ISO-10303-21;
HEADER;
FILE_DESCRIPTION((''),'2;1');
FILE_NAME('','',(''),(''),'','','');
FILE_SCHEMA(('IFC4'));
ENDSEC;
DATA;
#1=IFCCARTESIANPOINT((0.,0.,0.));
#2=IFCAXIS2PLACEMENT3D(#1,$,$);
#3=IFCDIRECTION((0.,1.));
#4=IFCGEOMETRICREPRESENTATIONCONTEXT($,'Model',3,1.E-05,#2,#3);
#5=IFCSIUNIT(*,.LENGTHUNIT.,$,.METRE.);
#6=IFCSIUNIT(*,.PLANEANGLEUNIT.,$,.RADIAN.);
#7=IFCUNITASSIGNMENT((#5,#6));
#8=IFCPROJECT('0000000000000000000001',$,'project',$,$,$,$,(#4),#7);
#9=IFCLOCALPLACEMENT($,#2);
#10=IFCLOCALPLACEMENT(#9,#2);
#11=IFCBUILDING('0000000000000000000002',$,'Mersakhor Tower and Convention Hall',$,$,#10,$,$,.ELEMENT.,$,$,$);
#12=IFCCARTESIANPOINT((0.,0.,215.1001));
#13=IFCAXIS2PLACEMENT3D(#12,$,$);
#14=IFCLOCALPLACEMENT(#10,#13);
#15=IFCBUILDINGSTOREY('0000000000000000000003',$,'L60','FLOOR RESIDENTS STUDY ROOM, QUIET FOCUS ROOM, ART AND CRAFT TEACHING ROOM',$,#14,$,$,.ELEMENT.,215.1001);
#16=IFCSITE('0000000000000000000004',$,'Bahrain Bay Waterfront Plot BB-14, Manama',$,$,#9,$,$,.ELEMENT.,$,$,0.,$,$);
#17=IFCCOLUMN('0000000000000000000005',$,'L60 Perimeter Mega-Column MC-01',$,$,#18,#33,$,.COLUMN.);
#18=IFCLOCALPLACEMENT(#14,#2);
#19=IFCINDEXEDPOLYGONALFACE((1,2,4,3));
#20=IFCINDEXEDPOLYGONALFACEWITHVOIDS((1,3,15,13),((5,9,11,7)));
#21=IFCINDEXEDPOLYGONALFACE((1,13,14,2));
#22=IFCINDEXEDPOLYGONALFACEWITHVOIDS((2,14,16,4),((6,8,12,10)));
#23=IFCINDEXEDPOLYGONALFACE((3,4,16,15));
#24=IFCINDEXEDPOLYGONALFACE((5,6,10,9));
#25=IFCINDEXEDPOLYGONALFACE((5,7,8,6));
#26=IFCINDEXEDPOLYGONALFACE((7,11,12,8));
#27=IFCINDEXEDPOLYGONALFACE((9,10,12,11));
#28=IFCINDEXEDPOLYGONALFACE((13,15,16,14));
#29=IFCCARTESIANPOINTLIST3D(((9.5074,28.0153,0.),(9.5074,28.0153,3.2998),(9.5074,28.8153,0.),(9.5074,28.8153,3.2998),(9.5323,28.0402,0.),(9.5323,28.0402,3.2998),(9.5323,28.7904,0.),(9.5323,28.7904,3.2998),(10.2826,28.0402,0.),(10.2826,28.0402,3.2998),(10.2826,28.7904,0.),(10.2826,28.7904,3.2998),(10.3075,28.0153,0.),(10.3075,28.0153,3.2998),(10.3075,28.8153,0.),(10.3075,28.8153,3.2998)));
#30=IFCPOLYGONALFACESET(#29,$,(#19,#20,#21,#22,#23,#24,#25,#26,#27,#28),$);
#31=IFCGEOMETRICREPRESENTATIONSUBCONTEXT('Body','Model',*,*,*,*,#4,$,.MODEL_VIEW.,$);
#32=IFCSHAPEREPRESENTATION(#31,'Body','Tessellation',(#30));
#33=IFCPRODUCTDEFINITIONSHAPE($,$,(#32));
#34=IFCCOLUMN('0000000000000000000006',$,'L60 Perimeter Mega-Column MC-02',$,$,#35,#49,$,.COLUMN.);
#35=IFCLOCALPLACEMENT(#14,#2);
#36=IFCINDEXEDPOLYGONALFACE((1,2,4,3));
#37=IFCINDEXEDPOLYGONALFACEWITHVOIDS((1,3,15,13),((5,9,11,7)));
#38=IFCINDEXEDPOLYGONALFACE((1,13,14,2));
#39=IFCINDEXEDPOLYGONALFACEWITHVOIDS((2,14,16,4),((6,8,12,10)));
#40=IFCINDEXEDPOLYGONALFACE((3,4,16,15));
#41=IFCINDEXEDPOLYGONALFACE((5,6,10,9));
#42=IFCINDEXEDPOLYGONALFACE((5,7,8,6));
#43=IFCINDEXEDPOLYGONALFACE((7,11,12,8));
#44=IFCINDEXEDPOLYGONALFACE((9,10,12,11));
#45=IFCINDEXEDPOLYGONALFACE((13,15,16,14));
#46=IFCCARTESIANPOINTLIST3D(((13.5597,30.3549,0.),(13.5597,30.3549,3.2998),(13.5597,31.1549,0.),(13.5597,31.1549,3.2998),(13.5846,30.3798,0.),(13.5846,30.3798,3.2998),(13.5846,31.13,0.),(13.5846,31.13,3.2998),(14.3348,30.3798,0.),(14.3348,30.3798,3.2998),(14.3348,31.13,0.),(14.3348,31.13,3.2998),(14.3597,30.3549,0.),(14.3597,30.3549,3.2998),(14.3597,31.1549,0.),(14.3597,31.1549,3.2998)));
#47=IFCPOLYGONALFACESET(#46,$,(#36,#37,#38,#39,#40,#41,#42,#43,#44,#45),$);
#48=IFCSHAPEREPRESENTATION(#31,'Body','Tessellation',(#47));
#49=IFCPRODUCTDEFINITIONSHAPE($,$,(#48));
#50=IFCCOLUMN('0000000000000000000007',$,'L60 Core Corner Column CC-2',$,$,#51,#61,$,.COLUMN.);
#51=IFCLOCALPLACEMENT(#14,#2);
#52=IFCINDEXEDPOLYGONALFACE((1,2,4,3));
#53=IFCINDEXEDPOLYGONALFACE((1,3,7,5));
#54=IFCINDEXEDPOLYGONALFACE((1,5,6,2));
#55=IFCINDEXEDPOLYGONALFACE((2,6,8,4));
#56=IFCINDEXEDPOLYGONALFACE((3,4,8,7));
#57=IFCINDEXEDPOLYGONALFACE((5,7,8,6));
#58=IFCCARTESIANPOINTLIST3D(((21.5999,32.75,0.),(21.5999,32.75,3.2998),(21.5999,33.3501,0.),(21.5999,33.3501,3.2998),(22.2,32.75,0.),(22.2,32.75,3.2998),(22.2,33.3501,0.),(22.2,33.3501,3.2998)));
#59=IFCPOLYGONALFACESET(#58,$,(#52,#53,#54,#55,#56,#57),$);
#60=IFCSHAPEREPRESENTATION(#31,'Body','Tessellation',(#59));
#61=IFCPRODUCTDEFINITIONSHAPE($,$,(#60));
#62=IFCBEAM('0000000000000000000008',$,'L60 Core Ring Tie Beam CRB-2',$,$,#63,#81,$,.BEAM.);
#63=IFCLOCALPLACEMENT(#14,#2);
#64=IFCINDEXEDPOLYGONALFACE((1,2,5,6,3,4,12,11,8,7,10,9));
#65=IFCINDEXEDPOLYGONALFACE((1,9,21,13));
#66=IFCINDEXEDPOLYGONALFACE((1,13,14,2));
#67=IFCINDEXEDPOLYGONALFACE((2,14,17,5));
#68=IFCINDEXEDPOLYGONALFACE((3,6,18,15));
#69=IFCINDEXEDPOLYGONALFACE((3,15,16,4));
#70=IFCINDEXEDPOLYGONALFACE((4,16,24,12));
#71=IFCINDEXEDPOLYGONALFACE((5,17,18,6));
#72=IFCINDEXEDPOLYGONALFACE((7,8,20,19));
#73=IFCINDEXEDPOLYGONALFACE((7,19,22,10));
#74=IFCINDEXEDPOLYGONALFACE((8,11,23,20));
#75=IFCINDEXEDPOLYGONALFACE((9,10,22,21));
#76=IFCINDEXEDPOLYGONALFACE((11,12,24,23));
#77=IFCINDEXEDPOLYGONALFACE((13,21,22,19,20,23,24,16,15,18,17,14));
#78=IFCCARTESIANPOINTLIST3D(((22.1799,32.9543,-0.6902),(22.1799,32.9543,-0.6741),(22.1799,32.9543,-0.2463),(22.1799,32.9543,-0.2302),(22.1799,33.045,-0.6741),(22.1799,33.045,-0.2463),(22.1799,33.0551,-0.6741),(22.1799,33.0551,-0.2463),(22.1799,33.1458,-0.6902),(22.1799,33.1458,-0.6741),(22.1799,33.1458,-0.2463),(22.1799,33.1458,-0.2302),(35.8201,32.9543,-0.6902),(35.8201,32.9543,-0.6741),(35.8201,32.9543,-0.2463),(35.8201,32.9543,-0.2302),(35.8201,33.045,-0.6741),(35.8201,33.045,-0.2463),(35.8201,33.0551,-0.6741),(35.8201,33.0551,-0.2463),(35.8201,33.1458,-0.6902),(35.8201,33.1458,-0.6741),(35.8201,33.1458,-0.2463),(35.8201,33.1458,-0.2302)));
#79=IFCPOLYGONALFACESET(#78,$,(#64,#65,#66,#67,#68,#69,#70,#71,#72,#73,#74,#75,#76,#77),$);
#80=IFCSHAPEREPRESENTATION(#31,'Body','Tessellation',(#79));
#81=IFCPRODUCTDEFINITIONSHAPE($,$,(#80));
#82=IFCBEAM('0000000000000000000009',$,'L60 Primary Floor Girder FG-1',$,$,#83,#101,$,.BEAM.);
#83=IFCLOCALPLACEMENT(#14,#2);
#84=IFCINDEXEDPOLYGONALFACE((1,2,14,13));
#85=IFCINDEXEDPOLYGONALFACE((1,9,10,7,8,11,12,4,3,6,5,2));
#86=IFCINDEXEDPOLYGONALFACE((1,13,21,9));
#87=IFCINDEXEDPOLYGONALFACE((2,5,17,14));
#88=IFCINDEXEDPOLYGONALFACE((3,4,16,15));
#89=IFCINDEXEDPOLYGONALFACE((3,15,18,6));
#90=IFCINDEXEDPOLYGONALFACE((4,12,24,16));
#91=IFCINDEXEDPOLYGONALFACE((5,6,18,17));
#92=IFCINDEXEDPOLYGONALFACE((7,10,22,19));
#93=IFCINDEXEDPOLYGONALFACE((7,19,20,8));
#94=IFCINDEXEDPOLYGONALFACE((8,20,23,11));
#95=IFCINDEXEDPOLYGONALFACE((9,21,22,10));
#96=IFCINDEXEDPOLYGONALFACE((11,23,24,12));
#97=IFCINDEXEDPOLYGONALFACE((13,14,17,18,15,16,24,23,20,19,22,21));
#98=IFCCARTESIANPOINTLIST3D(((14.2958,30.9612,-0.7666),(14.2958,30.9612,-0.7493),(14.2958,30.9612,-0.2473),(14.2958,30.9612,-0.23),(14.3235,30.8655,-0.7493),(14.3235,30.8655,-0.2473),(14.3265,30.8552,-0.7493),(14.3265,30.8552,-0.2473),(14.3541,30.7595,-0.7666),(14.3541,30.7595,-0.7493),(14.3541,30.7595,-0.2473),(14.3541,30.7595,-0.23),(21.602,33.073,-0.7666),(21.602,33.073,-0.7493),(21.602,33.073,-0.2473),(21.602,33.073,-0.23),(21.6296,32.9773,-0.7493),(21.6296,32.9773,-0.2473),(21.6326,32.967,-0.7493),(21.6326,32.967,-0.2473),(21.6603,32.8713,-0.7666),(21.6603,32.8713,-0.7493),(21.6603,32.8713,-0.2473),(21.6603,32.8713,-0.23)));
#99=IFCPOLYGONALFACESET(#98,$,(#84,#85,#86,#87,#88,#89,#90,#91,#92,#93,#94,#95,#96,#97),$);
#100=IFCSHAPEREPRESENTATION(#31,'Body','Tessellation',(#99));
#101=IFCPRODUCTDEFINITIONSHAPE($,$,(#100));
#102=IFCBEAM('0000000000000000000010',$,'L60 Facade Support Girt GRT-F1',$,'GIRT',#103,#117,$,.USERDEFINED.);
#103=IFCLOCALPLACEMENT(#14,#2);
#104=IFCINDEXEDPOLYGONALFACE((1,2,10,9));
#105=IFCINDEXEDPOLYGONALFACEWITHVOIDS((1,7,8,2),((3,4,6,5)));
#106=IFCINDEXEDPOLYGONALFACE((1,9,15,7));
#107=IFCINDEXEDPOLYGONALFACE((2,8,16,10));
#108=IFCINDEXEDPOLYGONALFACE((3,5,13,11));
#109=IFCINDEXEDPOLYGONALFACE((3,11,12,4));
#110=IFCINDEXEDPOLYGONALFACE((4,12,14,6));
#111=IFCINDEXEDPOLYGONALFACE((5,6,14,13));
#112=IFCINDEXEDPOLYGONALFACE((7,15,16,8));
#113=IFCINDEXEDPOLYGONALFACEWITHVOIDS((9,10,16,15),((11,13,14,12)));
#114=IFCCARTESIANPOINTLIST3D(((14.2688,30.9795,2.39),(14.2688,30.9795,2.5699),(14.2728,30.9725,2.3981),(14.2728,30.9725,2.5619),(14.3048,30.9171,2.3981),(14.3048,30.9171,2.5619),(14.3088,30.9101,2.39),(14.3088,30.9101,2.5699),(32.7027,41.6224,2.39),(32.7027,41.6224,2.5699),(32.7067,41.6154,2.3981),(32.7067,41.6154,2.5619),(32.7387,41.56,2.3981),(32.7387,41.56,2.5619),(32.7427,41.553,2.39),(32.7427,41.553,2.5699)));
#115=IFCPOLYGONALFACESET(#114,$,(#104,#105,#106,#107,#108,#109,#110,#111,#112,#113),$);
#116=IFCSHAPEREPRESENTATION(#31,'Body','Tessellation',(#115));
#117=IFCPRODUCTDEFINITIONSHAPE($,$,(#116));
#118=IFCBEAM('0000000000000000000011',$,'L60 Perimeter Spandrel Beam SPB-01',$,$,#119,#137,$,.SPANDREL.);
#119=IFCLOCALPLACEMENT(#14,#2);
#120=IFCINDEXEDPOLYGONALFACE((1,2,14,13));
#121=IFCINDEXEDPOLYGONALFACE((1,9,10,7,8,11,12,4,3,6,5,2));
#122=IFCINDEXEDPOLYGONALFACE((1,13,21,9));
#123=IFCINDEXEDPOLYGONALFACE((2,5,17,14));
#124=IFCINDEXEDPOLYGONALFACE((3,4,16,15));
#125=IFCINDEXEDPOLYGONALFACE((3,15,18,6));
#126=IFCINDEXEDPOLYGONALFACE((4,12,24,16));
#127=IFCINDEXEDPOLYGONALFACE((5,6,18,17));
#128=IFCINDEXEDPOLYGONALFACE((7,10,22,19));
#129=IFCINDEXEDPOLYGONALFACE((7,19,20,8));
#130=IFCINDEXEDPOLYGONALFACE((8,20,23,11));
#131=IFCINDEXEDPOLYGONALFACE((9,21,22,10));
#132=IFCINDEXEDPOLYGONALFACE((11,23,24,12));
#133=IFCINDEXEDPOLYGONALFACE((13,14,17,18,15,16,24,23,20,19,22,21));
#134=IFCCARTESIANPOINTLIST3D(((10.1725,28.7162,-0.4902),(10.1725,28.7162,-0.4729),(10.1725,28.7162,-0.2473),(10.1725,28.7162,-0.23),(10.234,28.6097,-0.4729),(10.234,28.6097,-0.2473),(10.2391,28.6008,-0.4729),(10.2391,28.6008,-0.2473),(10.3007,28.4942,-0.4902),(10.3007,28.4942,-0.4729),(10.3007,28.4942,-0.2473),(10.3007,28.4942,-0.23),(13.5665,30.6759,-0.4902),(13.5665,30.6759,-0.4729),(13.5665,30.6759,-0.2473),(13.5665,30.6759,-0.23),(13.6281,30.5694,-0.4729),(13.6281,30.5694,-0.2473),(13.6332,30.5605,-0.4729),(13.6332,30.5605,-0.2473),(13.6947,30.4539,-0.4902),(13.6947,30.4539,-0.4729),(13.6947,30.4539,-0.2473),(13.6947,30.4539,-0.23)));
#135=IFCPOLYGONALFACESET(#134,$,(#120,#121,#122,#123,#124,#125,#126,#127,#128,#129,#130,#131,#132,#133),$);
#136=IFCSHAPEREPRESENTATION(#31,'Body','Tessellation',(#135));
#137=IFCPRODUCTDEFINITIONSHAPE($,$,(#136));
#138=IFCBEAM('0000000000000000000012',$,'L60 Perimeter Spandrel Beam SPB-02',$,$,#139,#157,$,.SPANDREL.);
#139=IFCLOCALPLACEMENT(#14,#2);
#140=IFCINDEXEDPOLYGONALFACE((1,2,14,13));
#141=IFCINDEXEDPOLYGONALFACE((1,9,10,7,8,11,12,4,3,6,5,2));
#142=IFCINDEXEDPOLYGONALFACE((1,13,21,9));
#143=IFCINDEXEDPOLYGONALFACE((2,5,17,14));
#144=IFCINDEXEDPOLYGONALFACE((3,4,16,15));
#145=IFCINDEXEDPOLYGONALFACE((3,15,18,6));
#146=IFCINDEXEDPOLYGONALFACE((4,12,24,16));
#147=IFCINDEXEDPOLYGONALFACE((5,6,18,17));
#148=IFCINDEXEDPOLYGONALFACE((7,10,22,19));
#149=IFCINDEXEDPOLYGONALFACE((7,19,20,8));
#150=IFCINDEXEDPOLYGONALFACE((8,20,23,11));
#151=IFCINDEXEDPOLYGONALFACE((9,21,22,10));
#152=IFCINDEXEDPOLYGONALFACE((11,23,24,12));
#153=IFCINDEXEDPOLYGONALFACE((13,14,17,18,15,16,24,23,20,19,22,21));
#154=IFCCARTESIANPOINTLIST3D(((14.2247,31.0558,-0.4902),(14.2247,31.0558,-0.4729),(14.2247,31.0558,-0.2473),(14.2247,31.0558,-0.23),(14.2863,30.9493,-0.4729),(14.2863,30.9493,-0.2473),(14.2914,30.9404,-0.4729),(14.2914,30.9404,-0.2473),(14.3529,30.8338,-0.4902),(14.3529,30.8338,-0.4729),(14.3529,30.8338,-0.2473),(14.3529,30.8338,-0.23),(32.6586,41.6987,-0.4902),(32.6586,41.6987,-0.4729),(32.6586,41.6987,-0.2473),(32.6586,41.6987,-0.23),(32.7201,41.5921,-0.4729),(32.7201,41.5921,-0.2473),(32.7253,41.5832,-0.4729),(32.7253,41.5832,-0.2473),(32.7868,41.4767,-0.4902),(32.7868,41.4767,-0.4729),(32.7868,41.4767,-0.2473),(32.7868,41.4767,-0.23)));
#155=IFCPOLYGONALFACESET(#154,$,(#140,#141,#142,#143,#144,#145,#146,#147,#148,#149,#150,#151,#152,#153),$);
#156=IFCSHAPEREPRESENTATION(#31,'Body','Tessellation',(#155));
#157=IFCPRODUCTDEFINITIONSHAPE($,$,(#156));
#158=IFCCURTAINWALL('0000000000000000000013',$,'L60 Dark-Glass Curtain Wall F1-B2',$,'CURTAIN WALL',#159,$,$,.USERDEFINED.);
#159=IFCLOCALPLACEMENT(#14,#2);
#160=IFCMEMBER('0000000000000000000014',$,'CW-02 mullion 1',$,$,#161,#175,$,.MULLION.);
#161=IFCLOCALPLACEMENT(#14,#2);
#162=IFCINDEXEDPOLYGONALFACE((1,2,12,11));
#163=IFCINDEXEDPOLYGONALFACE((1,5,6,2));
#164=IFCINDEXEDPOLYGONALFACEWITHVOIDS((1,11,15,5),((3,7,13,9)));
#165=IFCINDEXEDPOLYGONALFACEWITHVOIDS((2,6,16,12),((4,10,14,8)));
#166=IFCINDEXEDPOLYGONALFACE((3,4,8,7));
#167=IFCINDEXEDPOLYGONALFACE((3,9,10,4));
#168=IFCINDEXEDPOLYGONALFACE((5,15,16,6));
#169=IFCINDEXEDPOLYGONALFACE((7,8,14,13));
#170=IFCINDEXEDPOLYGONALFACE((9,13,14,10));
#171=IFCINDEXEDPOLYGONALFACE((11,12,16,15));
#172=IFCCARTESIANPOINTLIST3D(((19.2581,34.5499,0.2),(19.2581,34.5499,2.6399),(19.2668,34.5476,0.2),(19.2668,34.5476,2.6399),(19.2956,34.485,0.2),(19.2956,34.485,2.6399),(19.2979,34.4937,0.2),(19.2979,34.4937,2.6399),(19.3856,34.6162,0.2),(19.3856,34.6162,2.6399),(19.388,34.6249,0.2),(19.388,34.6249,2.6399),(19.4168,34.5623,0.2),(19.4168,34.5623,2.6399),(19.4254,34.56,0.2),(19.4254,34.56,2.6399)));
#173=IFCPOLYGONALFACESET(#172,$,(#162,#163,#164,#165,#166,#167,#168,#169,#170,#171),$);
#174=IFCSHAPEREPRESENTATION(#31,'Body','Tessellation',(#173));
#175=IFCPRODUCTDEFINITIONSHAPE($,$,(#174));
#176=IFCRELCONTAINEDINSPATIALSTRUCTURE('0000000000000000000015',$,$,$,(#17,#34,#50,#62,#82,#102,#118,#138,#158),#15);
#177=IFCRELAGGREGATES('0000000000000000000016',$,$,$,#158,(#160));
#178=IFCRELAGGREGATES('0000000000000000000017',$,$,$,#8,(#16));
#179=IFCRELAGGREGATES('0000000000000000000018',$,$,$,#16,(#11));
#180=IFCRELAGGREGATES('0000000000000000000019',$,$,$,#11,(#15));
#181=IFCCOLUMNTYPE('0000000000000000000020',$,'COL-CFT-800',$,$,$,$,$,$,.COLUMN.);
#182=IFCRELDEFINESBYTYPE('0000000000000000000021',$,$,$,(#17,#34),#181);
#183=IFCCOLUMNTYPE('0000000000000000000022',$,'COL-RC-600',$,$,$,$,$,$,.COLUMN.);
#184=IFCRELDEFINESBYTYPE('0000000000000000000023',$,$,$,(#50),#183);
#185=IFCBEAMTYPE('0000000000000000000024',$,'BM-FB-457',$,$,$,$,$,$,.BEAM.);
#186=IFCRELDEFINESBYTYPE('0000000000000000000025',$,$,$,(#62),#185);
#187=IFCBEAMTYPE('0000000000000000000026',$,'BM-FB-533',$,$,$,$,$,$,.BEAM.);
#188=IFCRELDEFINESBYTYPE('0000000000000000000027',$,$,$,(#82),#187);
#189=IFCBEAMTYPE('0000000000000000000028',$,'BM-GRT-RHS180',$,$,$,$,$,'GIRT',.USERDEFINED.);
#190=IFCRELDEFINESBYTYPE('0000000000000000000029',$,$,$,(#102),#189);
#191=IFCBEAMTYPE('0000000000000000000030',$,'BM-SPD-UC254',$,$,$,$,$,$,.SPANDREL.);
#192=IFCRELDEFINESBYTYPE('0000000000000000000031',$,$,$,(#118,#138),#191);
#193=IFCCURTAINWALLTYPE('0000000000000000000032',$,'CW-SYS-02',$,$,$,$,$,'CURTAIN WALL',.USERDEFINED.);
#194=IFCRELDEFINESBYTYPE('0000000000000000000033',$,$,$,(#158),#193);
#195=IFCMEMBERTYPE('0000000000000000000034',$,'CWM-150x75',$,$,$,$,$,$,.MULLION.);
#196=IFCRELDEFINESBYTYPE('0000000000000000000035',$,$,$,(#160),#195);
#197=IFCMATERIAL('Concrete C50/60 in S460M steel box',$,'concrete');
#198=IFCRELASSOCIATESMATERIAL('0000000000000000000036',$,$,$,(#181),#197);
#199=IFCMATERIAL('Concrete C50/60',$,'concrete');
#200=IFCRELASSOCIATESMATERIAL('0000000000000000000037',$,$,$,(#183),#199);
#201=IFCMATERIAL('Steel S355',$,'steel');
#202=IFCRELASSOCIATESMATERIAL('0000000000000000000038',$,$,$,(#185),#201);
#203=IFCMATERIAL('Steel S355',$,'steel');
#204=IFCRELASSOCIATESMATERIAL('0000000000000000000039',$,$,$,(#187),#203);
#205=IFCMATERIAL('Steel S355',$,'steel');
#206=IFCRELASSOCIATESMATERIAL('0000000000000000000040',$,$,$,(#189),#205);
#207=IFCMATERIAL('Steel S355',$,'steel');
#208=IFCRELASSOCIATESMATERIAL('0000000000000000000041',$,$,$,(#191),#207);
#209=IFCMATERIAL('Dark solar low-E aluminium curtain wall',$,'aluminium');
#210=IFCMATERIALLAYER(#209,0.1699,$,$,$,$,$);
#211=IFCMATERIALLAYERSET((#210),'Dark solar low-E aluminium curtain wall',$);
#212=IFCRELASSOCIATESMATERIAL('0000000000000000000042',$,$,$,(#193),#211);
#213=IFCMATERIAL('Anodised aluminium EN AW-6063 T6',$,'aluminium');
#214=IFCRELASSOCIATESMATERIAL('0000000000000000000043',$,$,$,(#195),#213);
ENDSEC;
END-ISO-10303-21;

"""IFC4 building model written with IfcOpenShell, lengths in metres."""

from ifc_helpers import new_model, si_unit, direction, frame, origin, origin_2d, place, context, subcontext, project, spatial, rectangle, hollow_rectangle, i_section, extrude, material, layer, layer_set, material_profile, profile_set, type_object, element, aggregate, save


model = new_model("IFC4")

# Units and contexts
model_context = context("Model", 3, precision=1e-05, world=origin(), true_north=direction((0.0, 1.0)))
body_context = subcontext(model_context, "Body", "Model", "MODEL_VIEW")
ifc_project = project(units=[si_unit("LENGTHUNIT", "METRE"), si_unit("PLANEANGLEUNIT", "RADIAN")], contexts=[model_context])

# Site, building, storey
site_placement = place(None, origin())
site = spatial("IfcSite", under=ifc_project, at=site_placement, Name="Bahrain Bay Waterfront Plot BB-14, Manama", CompositionType="ELEMENT", RefElevation=0.0)
building_placement = place(site_placement, origin())
building = spatial("IfcBuilding", under=site, at=building_placement, Name="Mersakhor Tower and Convention Hall", CompositionType="ELEMENT")
storey_placement = place(building_placement, frame((0.0, 0.0, 215.1001)))
storey = spatial("IfcBuildingStorey", under=building, at=storey_placement, Name="L60", Description="FLOOR RESIDENTS STUDY ROOM, QUIET FOCUS ROOM, ART AND CRAFT TEACHING ROOM", CompositionType="ELEMENT", Elevation=215.1001)

# Columns
ifc_material_1 = material(Name="Concrete C50/60 in S460M steel box", Category="concrete")
ifc_material_profile_1 = material_profile(ifc_material_1, hollow_rectangle(XDim=0.8, YDim=0.8, WallThickness=0.0249, at=origin_2d()), Name="SHS 800x800x25")
ifc_profile_set_1 = profile_set([ifc_material_profile_1], Name="Concrete C50/60 in S460M steel box")
column_type_1 = type_object("IfcColumnType", Name="COL-CFT-800", PredefinedType="COLUMN", material=ifc_profile_set_1)
for number, where, z_axis, x_axis, name in (
    (1, (9.9075, 28.4153, 0.0), (0.0, 0.0, 1.0), (1.0, 0.0, 0.0), "L60 Perimeter Mega-Column MC-01"),
    (2, (13.9597, 30.7549, 0.0), (0.0, 0.0, 1.0), (1.0, 0.0, 0.0), "L60 Perimeter Mega-Column MC-02"),
):
    element("IfcColumn", number, at=place(storey_placement, frame(where, z_axis=z_axis, x_axis=x_axis)), inside=storey, type_object=column_type_1, Name=name, PredefinedType="COLUMN", context=body_context, shape_type="SweptSolid", body=[
        extrude(hollow_rectangle(XDim=0.8, YDim=0.8, WallThickness=0.0249, at=origin_2d()), origin(), (0.0, 0.0, 1.0), 3.2998),
    ])
ifc_material_2 = material(Name="Concrete C50/60", Category="concrete")
ifc_material_profile_2 = material_profile(ifc_material_2, rectangle(XDim=0.6001, YDim=0.6001, at=origin_2d()), Name="RC 600x600")
ifc_profile_set_2 = profile_set([ifc_material_profile_2], Name="Concrete C50/60")
column_type_2 = type_object("IfcColumnType", Name="COL-RC-600", PredefinedType="COLUMN", material=ifc_profile_set_2)
column_placement = place(storey_placement, frame((21.8999, 33.05, 0.0), z_axis=(0.0, 0.0, 1.0), x_axis=(1.0, 0.0, 0.0)))
element("IfcColumn", 3, at=column_placement, inside=storey, type_object=column_type_2, Name="L60 Core Corner Column CC-2", PredefinedType="COLUMN", context=body_context, shape_type="SweptSolid", body=[
    extrude(rectangle(XDim=0.6001, YDim=0.6001, at=origin_2d()), origin(), (0.0, 0.0, 1.0), 3.2998),
])

# Beams
ifc_material_3 = material(Name="Steel S355", Category="steel")
ifc_material_profile_3 = material_profile(ifc_material_3, i_section(OverallWidth=0.1914, OverallDepth=0.46, WebThickness=0.01, FlangeThickness=0.0161, at=origin_2d()), Name="UB 457x191x82")
ifc_profile_set_3 = profile_set([ifc_material_profile_3], Name="Steel S355")
beam_type_1 = type_object("IfcBeamType", Name="BM-FB-457", PredefinedType="BEAM", material=ifc_profile_set_3)
beam_1_placement = place(storey_placement, frame((22.1799, 33.05, -0.4602), z_axis=(1.0, 0.0, 0.0), x_axis=(0.0, 1.0, 0.0)))
element("IfcBeam", 4, at=beam_1_placement, inside=storey, type_object=beam_type_1, Name="L60 Core Ring Tie Beam CRB-2", PredefinedType="BEAM", context=body_context, shape_type="SweptSolid", body=[
    extrude(i_section(OverallWidth=0.1914, OverallDepth=0.46, WebThickness=0.01, FlangeThickness=0.0161, at=origin_2d()), origin(), (0.0, 0.0, 1.0), 13.6401),
])
ifc_material_4 = material(Name="Steel S355", Category="steel")
ifc_material_profile_4 = material_profile(ifc_material_4, i_section(OverallWidth=0.21, OverallDepth=0.5366, WebThickness=0.0107, FlangeThickness=0.0173, at=origin_2d()), Name="UB 533x210x101")
ifc_profile_set_4 = profile_set([ifc_material_profile_4], Name="Steel S355")
beam_type_2 = type_object("IfcBeamType", Name="BM-FB-533", PredefinedType="BEAM", material=ifc_profile_set_4)
beam_2_placement = place(storey_placement, frame((21.6311, 32.9722, -0.4983), z_axis=(-0.960674, -0.277679, 0.0), x_axis=(0.277679, -0.960674, 0.0)))
element("IfcBeam", 5, at=beam_2_placement, inside=storey, type_object=beam_type_2, Name="L60 Primary Floor Girder FG-1", PredefinedType="BEAM", context=body_context, shape_type="SweptSolid", body=[
    extrude(i_section(OverallWidth=0.21, OverallDepth=0.5366, WebThickness=0.0107, FlangeThickness=0.0173, at=origin_2d()), origin(), (0.0, 0.0, 1.0), 7.6052),
])
ifc_material_5 = material(Name="Steel S355", Category="steel")
ifc_material_profile_5 = material_profile(ifc_material_5, hollow_rectangle(XDim=0.0801, YDim=0.1799, WallThickness=0.0081, at=origin_2d()), Name="RHS 180x80x8")
ifc_profile_set_5 = profile_set([ifc_material_profile_5], Name="Steel S355")
beam_type_3 = type_object("IfcBeamType", Name="BM-GRT-RHS180", ElementType="GIRT", PredefinedType="USERDEFINED", material=ifc_profile_set_5)
beam_3_placement = place(storey_placement, frame((14.2888, 30.9448, 2.48), z_axis=(0.866025, 0.500001, 0.0), x_axis=(-0.500001, 0.866025, 0.0)))
element("IfcBeam", 6, at=beam_3_placement, inside=storey, type_object=beam_type_3, Name="L60 Facade Support Girt GRT-F1", ObjectType="GIRT", PredefinedType="USERDEFINED", context=body_context, shape_type="SweptSolid", body=[
    extrude(hollow_rectangle(XDim=0.0801, YDim=0.1799, WallThickness=0.0081, at=origin_2d()), origin(), (0.0, 0.0, 1.0), 21.2856),
])
ifc_material_6 = material(Name="Steel S355", Category="steel")
ifc_material_profile_6 = material_profile(ifc_material_6, i_section(OverallWidth=0.2563, OverallDepth=0.2603, WebThickness=0.0103, FlangeThickness=0.0173, at=origin_2d()), Name="UC 254x254x89")
ifc_profile_set_6 = profile_set([ifc_material_profile_6], Name="Steel S355")
beam_type_4 = type_object("IfcBeamType", Name="BM-SPD-UC254", PredefinedType="SPANDREL", material=ifc_profile_set_6)
beam_4_placement = place(storey_placement, frame((10.2366, 28.6052, -0.3601), z_axis=(0.866007, 0.500032, 0.0), x_axis=(-0.500032, 0.866007, 0.0)))
element("IfcBeam", 7, at=beam_4_placement, inside=storey, type_object=beam_type_4, Name="L60 Perimeter Spandrel Beam SPB-01", PredefinedType="SPANDREL", context=body_context, shape_type="SweptSolid", body=[
    extrude(i_section(OverallWidth=0.2563, OverallDepth=0.2603, WebThickness=0.0103, FlangeThickness=0.0173, at=origin_2d()), origin(), (0.0, 0.0, 1.0), 3.9192),
])
beam_5_placement = place(storey_placement, frame((14.2888, 30.9448, -0.3601), z_axis=(0.866025, 0.500001, 0.0), x_axis=(-0.500001, 0.866025, 0.0)))
element("IfcBeam", 8, at=beam_5_placement, inside=storey, type_object=beam_type_4, Name="L60 Perimeter Spandrel Beam SPB-02", PredefinedType="SPANDREL", context=body_context, shape_type="SweptSolid", body=[
    extrude(i_section(OverallWidth=0.2563, OverallDepth=0.2603, WebThickness=0.0103, FlangeThickness=0.0173, at=origin_2d()), origin(), (0.0, 0.0, 1.0), 21.2856),
])

# Curtain wall, member
ifc_material_7 = material(Name="Dark solar low-E aluminium curtain wall", Category="aluminium")
ifc_layer_1 = layer(ifc_material_7, 0.1699)
ifc_layer_set_1 = layer_set([ifc_layer_1], Name="Dark solar low-E aluminium curtain wall")
curtain_wall_type = type_object("IfcCurtainWallType", Name="CW-SYS-02", ElementType="CURTAIN WALL", PredefinedType="USERDEFINED", material=ifc_layer_set_1)
curtain_wall_placement = place(storey_placement, origin())
curtain_wall = element("IfcCurtainWall", 9, at=curtain_wall_placement, inside=storey, type_object=curtain_wall_type, Name="L60 Dark-Glass Curtain Wall F1-B2", ObjectType="CURTAIN WALL", PredefinedType="USERDEFINED")
ifc_material_8 = material(Name="Anodised aluminium EN AW-6063 T6", Category="aluminium")
ifc_material_profile_7 = material_profile(ifc_material_8, hollow_rectangle(XDim=0.075, YDim=0.1499, WallThickness=0.0063, at=origin_2d()), Name="RHS 150x75x6.3")
ifc_profile_set_7 = profile_set([ifc_material_profile_7], Name="Anodised aluminium EN AW-6063 T6")
member_type_1 = type_object("IfcMemberType", Name="CWM-150x75", PredefinedType="MULLION", material=ifc_profile_set_7)
member_1_placement = place(storey_placement, frame((19.3418, 34.5549, 0.2), z_axis=(0.0, 0.0, 1.0), x_axis=(-0.500008, 0.866021, 0.0)))
member_1 = element("IfcMember", 10, at=member_1_placement, type_object=member_type_1, Name="CW-02 mullion 1", PredefinedType="MULLION", context=body_context, shape_type="SweptSolid", body=[
    extrude(hollow_rectangle(XDim=0.075, YDim=0.1499, WallThickness=0.0063, at=origin_2d()), origin(), (0.0, 0.0, 1.0), 2.4399),
])

aggregate(curtain_wall, [member_1])

save(model, "model.ifc")
